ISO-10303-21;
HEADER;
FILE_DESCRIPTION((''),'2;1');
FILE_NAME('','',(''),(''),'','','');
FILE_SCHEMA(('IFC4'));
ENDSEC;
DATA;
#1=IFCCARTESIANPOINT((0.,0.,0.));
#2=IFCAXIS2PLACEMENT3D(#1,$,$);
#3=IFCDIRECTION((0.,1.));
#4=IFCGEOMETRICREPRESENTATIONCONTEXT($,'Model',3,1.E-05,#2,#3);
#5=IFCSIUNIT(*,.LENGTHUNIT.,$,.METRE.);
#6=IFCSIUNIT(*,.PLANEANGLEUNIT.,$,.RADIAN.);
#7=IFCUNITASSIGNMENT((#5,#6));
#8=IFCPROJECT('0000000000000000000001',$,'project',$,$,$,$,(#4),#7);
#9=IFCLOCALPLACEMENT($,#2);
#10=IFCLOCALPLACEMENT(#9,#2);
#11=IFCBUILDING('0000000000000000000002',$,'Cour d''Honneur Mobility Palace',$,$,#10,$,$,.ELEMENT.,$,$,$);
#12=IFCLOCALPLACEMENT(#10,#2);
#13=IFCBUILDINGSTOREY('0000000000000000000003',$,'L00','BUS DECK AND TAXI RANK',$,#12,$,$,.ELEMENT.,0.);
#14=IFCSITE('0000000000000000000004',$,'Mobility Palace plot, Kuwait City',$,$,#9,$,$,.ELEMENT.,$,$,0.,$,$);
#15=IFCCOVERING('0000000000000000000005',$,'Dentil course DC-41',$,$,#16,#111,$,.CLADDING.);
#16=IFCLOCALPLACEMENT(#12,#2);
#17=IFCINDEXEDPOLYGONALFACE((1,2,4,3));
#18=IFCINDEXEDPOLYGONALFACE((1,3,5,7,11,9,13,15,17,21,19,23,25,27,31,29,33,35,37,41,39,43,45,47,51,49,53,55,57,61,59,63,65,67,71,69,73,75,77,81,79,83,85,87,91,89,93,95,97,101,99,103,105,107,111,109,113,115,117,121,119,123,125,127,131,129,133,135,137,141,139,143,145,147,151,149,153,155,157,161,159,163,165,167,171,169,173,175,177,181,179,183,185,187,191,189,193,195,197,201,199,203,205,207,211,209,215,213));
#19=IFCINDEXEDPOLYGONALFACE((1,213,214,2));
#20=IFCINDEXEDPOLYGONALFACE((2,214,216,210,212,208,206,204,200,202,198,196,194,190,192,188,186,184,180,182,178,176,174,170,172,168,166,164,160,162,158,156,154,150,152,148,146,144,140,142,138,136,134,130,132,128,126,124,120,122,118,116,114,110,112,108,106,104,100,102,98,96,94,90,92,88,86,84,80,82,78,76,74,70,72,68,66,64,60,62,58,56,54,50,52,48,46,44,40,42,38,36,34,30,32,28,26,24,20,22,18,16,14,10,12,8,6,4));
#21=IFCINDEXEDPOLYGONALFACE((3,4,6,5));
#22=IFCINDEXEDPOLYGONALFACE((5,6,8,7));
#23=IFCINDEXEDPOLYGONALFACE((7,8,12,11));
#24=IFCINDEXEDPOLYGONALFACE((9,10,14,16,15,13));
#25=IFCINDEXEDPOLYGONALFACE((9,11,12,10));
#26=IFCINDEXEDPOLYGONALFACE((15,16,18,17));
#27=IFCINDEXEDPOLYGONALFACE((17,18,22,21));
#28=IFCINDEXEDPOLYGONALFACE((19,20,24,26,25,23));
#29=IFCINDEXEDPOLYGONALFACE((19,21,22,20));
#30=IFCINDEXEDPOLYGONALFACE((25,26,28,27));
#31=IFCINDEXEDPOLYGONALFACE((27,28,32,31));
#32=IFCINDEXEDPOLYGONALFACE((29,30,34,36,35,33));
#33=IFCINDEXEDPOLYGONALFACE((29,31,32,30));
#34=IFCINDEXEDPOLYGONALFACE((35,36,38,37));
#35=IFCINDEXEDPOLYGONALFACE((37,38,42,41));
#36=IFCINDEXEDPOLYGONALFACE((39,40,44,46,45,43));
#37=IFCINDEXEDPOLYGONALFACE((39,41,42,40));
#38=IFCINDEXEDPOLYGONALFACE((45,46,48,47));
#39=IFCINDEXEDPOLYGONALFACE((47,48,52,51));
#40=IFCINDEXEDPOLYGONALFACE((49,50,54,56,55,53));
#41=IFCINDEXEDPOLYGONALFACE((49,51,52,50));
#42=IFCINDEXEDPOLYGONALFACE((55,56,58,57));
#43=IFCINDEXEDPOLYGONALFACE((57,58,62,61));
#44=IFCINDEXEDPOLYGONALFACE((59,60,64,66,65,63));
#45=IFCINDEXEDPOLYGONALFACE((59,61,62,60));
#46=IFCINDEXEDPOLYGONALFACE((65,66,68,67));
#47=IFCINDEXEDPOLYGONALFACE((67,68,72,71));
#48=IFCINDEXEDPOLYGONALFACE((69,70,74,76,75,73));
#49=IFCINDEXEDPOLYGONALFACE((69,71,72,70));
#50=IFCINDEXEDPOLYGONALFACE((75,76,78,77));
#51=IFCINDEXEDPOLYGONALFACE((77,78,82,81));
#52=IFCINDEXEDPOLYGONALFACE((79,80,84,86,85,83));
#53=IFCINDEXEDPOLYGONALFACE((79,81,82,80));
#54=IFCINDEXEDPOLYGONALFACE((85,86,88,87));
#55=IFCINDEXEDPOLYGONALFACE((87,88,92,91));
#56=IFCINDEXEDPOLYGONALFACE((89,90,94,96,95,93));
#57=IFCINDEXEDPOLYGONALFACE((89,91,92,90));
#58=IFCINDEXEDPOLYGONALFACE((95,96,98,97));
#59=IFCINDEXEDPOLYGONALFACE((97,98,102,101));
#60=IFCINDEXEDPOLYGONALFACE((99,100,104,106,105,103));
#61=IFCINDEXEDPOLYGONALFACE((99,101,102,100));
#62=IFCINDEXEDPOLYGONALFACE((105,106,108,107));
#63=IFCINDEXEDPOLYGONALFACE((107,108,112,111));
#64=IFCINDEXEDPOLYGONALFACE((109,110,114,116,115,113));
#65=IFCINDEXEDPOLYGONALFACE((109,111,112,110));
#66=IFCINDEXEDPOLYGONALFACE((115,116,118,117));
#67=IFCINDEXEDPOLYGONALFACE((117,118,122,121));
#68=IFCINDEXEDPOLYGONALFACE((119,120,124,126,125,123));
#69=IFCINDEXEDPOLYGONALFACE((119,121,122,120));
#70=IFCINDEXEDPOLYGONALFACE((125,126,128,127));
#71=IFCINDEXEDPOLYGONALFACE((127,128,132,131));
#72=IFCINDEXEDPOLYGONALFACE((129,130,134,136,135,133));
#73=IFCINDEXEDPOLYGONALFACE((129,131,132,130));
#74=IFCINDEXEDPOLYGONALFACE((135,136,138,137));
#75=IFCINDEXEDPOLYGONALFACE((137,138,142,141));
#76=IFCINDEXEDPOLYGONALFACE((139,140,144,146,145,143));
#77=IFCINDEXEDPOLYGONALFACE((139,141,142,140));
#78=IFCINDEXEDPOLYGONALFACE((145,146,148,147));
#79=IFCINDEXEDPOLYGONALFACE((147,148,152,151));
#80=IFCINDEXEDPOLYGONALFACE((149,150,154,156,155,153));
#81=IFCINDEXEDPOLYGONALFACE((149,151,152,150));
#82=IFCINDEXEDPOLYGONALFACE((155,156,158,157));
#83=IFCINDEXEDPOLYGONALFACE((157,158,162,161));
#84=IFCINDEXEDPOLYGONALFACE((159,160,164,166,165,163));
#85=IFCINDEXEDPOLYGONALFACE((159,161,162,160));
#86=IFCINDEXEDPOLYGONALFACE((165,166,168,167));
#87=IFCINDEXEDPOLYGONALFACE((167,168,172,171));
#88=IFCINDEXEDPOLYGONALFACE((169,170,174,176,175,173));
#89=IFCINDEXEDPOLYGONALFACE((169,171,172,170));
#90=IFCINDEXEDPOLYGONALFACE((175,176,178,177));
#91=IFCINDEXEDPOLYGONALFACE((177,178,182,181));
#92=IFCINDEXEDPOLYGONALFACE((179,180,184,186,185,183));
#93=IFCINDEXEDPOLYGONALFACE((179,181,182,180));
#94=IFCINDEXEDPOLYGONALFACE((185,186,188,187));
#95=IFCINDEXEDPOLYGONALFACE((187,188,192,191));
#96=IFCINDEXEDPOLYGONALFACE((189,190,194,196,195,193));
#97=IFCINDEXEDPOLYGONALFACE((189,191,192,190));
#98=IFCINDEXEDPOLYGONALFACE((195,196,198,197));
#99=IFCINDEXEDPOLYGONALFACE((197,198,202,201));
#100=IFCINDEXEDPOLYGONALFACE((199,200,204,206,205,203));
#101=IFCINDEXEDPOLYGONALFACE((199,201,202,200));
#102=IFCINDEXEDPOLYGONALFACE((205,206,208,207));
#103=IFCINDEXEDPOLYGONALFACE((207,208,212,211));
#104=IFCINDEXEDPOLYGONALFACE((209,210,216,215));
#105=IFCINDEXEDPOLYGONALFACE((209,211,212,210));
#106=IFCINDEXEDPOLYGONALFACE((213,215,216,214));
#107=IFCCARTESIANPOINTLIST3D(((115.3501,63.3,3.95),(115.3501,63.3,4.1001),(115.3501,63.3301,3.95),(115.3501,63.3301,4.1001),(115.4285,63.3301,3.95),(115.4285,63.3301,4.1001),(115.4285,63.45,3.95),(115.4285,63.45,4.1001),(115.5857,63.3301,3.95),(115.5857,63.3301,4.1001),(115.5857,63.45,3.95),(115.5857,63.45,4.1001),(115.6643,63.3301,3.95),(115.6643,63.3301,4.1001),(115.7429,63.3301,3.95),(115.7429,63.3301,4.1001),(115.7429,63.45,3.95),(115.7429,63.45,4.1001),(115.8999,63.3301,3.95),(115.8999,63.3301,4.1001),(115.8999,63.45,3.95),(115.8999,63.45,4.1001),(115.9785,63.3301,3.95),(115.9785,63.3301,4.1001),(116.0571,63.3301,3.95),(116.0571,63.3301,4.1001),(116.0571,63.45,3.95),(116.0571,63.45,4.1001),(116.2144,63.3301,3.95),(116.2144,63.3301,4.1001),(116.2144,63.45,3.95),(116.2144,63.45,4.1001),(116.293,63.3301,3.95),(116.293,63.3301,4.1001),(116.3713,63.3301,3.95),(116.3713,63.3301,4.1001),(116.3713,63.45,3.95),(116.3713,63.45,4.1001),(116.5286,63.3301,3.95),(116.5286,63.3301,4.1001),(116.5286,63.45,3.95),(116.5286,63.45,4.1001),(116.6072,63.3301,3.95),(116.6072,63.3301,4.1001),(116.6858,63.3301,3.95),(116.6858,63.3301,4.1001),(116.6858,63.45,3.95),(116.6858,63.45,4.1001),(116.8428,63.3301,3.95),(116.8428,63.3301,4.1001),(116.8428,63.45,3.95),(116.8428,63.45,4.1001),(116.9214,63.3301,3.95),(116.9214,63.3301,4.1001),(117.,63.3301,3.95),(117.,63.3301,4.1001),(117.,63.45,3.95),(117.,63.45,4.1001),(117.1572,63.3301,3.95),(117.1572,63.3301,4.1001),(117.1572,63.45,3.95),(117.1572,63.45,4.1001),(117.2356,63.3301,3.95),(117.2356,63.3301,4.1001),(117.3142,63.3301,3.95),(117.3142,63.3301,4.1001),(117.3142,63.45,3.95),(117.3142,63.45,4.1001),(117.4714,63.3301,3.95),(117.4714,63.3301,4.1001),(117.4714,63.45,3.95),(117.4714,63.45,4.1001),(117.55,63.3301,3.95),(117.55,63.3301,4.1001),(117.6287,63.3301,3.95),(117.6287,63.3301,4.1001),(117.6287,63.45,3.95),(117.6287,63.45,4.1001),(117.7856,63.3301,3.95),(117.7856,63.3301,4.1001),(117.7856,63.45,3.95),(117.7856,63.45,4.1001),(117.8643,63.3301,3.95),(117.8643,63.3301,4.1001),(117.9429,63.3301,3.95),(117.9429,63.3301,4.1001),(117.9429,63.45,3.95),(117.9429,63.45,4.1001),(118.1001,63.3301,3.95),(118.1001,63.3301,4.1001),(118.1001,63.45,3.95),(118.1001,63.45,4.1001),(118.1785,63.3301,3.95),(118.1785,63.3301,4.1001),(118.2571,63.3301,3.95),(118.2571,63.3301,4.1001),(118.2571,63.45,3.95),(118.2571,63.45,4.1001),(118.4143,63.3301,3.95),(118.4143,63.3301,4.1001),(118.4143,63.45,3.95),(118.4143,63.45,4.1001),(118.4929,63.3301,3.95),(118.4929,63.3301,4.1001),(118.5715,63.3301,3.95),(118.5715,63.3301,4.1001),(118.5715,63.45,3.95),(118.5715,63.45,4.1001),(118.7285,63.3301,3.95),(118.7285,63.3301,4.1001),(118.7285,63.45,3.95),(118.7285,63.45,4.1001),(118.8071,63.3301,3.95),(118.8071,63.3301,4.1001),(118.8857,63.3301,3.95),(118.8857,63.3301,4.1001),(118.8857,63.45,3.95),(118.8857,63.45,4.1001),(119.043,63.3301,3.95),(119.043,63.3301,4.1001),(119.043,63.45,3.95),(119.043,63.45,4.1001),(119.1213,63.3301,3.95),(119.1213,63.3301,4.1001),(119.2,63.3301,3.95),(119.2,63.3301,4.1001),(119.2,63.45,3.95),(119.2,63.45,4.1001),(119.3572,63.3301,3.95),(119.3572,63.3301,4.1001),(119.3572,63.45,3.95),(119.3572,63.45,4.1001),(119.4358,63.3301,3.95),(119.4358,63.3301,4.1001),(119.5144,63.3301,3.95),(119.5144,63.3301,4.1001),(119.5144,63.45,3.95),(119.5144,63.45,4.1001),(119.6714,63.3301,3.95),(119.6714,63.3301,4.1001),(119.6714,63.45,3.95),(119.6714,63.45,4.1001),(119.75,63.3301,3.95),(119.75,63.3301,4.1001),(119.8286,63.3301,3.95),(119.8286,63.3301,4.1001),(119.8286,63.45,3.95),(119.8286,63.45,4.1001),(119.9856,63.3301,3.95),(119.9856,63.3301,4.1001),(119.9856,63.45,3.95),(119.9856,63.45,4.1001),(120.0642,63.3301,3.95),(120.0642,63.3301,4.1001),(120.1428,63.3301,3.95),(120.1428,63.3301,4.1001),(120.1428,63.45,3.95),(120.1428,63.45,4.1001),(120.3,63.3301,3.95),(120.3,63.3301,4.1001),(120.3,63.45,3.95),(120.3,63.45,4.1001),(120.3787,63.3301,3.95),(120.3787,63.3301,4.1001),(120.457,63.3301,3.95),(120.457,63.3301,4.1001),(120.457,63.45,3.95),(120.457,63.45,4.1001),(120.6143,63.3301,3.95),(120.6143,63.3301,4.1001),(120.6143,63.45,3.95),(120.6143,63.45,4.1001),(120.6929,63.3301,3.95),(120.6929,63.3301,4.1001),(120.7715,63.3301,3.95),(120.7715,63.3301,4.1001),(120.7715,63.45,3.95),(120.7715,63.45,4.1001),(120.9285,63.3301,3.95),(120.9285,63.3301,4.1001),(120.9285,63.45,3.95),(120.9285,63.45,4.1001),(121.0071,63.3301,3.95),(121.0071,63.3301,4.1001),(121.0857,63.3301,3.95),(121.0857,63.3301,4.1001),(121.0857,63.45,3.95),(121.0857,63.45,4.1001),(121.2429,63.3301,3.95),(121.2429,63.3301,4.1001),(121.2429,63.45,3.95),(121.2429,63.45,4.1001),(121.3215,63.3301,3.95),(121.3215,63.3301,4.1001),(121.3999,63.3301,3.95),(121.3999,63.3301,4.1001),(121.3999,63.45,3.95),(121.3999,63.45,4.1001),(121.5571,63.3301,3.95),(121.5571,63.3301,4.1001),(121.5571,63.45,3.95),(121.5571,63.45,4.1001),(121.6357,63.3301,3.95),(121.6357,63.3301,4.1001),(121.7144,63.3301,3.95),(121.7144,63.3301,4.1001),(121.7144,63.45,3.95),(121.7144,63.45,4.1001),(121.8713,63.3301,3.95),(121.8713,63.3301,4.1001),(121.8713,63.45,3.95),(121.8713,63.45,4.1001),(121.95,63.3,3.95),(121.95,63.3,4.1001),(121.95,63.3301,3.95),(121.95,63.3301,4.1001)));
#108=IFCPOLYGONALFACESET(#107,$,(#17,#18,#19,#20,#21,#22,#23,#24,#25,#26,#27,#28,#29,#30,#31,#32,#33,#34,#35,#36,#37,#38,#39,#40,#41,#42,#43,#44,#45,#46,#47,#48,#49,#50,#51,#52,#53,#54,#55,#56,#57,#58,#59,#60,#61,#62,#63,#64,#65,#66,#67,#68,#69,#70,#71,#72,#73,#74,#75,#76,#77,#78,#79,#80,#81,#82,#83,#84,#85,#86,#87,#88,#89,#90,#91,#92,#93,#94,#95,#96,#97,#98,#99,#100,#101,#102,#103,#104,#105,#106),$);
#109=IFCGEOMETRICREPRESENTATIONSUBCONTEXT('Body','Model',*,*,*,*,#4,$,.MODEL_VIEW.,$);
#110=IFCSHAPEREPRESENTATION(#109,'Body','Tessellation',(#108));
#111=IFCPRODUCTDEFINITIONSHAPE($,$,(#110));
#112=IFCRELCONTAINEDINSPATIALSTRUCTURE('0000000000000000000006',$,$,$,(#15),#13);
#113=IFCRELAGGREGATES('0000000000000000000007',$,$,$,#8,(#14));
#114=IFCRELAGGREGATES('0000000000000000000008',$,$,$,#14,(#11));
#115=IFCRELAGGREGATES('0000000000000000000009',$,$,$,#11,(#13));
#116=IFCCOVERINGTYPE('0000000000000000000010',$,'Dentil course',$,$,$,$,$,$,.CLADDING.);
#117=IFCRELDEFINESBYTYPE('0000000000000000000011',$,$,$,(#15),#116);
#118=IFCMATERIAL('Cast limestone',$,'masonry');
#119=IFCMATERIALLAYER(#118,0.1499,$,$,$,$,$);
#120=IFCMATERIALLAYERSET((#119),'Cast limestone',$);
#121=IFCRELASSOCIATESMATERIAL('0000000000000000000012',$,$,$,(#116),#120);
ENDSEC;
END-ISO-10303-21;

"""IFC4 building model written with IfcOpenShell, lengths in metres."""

from ifc_helpers import new_model, si_unit, direction, frame, origin, place, context, subcontext, project, spatial, polyline, outline, extrude, material, layer, layer_set, type_object, element, save


model = new_model("IFC4")

# Units and contexts
model_context = context("Model", 3, precision=1e-05, world=origin(), true_north=direction((0.0, 1.0)))
body_context = subcontext(model_context, "Body", "Model", "MODEL_VIEW")
ifc_project = project(units=[si_unit("LENGTHUNIT", "METRE"), si_unit("PLANEANGLEUNIT", "RADIAN")], contexts=[model_context])

# Site, building, storey
site_placement = place(None, origin())
site = spatial("IfcSite", under=ifc_project, at=site_placement, Name="Mobility Palace plot, Kuwait City", CompositionType="ELEMENT", RefElevation=0.0)
building_placement = place(site_placement, origin())
building = spatial("IfcBuilding", under=site, at=building_placement, Name="Cour d'Honneur Mobility Palace", CompositionType="ELEMENT")
storey_placement = place(building_placement, origin())
storey = spatial("IfcBuildingStorey", under=building, at=storey_placement, Name="L00", Description="BUS DECK AND TAXI RANK", CompositionType="ELEMENT", Elevation=0.0)

# Covering
ifc_material = material(Name="Cast limestone", Category="masonry")
ifc_layer = layer(ifc_material, 0.1499)
ifc_layer_set = layer_set([ifc_layer], Name="Cast limestone")
covering_type = type_object("IfcCoveringType", Name="Dentil course", PredefinedType="CLADDING", material=ifc_layer_set)
covering_1_placement = place(storey_placement, frame((0.0, 0.0, 3.95)))
element("IfcCovering", 1, at=covering_1_placement, inside=storey, type_object=covering_type, Name="Dentil course DC-41", PredefinedType="CLADDING", context=body_context, shape_type="SweptSolid", body=[
    extrude(outline(polyline([(121.95, 63.3), (115.3501, 63.3), (115.3501, 63.3301), (115.3501, 63.3301), (115.4285, 63.3301), (115.4285, 63.45), (115.5857, 63.45), (115.5857, 63.3301), (115.6643, 63.3301), (115.6643, 63.3301), (115.7429, 63.3301), (115.7429, 63.45), (115.8999, 63.45), (115.8999, 63.3301), (115.9785, 63.3301), (115.9785, 63.3301), (116.0571, 63.3301), (116.0571, 63.45), (116.2144, 63.45), (116.2144, 63.3301), (116.293, 63.3301), (116.293, 63.3301), (116.3713, 63.3301), (116.3713, 63.45), (116.5286, 63.45), (116.5286, 63.3301), (116.6072, 63.3301), (116.6072, 63.3301), (116.6858, 63.3301), (116.6858, 63.45), (116.8428, 63.45), (116.8428, 63.3301), (116.9214, 63.3301), (116.9214, 63.3301), (117.0, 63.3301), (117.0, 63.45), (117.1572, 63.45), (117.1572, 63.3301), (117.2356, 63.3301), (117.2356, 63.3301), (117.3142, 63.3301), (117.3142, 63.45), (117.4714, 63.45), (117.4714, 63.3301), (117.55, 63.3301), (117.55, 63.3301), (117.6287, 63.3301), (117.6287, 63.45), (117.7856, 63.45), (117.7856, 63.3301), (117.8643, 63.3301), (117.8643, 63.3301), (117.9429, 63.3301), (117.9429, 63.45), (118.1001, 63.45), (118.1001, 63.3301), (118.1785, 63.3301), (118.1785, 63.3301), (118.2571, 63.3301), (118.2571, 63.45), (118.4143, 63.45), (118.4143, 63.3301), (118.4929, 63.3301), (118.4929, 63.3301), (118.5715, 63.3301), (118.5715, 63.45), (118.7285, 63.45), (118.7285, 63.3301), (118.8071, 63.3301), (118.8071, 63.3301), (118.8857, 63.3301), (118.8857, 63.45), (119.043, 63.45), (119.043, 63.3301), (119.1213, 63.3301), (119.1213, 63.3301), (119.2, 63.3301), (119.2, 63.45), (119.3572, 63.45), (119.3572, 63.3301), (119.4358, 63.3301), (119.4358, 63.3301), (119.5144, 63.3301), (119.5144, 63.45), (119.6714, 63.45), (119.6714, 63.3301), (119.75, 63.3301), (119.75, 63.3301), (119.8286, 63.3301), (119.8286, 63.45), (119.9856, 63.45), (119.9856, 63.3301), (120.0642, 63.3301), (120.0642, 63.3301), (120.1428, 63.3301), (120.1428, 63.45), (120.3, 63.45), (120.3, 63.3301), (120.3787, 63.3301), (120.3787, 63.3301), (120.457, 63.3301), (120.457, 63.45), (120.6143, 63.45), (120.6143, 63.3301), (120.6929, 63.3301), (120.6929, 63.3301), (120.7715, 63.3301), (120.7715, 63.45), (120.9285, 63.45), (120.9285, 63.3301), (121.0071, 63.3301), (121.0071, 63.3301), (121.0857, 63.3301), (121.0857, 63.45), (121.2429, 63.45), (121.2429, 63.3301), (121.3215, 63.3301), (121.3215, 63.3301), (121.3999, 63.3301), (121.3999, 63.45), (121.5571, 63.45), (121.5571, 63.3301), (121.6357, 63.3301), (121.6357, 63.3301), (121.7144, 63.3301), (121.7144, 63.45), (121.8713, 63.45), (121.8713, 63.3301), (121.95, 63.3301), (121.95, 63.3)])), origin(), (0.0, 0.0, 1.0), 0.1501),
])

save(model, "model.ifc")
